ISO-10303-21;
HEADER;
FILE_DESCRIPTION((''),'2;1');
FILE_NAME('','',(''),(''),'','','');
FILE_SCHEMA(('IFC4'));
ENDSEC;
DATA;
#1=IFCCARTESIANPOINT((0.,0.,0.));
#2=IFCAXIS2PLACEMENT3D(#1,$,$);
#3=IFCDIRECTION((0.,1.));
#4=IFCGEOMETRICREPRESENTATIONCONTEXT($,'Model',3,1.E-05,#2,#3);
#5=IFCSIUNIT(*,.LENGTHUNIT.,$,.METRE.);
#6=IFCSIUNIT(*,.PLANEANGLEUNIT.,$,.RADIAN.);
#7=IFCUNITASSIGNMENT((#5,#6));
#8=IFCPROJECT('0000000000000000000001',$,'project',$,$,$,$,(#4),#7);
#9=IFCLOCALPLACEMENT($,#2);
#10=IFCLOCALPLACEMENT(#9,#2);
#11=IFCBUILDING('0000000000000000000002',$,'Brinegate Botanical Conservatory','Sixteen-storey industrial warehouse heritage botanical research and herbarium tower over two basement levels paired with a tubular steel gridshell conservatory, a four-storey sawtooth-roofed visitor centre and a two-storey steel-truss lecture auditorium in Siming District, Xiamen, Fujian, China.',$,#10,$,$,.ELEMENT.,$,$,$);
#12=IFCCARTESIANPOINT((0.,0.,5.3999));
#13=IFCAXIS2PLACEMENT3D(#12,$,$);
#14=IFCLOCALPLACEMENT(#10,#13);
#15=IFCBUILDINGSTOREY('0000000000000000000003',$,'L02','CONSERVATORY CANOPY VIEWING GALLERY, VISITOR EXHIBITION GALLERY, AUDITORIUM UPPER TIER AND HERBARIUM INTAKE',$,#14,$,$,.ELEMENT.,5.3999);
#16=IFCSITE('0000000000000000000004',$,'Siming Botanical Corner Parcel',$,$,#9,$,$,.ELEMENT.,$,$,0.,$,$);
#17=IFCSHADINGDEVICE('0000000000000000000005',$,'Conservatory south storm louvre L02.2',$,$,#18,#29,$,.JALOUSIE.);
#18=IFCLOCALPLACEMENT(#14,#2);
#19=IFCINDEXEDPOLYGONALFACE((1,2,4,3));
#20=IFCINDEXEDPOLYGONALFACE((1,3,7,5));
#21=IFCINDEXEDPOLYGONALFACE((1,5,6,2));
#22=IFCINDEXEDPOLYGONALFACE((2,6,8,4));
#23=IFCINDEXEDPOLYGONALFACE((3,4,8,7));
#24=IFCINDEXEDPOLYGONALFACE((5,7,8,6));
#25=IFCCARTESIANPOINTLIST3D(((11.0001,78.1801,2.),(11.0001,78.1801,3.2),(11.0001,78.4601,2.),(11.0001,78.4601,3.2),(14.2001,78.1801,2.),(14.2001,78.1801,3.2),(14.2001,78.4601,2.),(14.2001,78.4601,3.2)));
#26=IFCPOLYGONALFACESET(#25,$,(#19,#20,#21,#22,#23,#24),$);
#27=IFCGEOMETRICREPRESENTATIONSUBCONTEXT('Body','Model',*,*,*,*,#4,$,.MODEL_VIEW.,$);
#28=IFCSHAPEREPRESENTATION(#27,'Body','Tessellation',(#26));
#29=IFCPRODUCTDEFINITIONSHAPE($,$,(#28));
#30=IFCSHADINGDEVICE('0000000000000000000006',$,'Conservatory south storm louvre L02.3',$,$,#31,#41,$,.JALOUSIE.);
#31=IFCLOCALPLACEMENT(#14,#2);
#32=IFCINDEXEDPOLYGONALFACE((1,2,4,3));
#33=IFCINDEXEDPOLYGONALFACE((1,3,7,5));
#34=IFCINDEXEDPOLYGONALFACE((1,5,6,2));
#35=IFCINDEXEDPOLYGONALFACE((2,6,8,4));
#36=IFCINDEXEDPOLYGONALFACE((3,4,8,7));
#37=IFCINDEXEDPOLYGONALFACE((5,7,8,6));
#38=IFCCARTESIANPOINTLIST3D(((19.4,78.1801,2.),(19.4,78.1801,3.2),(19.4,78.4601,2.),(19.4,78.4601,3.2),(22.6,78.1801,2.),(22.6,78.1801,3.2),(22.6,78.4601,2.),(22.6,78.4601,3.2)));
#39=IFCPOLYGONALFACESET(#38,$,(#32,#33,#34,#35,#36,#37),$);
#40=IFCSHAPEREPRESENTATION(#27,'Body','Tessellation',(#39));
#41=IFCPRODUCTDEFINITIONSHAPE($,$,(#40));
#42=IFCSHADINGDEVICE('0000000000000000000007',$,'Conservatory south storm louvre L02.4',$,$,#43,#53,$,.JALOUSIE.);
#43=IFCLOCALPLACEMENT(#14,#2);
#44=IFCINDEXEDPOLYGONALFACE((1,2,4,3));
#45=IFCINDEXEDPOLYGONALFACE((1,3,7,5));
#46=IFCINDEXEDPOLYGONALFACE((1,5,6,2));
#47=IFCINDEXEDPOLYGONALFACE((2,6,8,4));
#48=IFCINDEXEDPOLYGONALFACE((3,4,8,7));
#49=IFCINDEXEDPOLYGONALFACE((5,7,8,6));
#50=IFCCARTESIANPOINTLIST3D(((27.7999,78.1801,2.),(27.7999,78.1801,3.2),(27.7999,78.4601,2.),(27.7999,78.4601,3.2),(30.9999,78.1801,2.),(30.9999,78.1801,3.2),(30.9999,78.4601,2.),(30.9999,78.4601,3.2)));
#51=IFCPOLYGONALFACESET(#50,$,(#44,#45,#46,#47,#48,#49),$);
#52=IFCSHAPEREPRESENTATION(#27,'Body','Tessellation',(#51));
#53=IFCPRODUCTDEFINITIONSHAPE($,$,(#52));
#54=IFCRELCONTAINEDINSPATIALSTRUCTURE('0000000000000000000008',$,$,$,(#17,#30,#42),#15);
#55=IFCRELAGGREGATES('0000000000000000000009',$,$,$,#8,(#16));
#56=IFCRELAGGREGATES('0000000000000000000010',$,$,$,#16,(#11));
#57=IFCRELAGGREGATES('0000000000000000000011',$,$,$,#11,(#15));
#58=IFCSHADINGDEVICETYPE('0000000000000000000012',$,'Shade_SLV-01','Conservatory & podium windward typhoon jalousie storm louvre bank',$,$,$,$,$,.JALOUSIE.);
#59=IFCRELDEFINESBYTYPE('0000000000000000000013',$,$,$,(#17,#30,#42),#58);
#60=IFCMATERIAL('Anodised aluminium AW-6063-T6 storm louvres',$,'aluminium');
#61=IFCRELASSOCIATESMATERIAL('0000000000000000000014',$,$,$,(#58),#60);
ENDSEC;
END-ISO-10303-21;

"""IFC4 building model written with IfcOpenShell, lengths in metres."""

from ifc_helpers import new_model, si_unit, direction, frame, origin, origin_2d, place, context, subcontext, project, spatial, rectangle, extrude, material, type_object, element, save


model = new_model("IFC4")

# Units and contexts
model_context = context("Model", 3, precision=1e-05, world=origin(), true_north=direction((0.0, 1.0)))
body_context = subcontext(model_context, "Body", "Model", "MODEL_VIEW")
ifc_project = project(units=[si_unit("LENGTHUNIT", "METRE"), si_unit("PLANEANGLEUNIT", "RADIAN")], contexts=[model_context])

# Site, building, storey
site_placement = place(None, origin())
site = spatial("IfcSite", under=ifc_project, at=site_placement, Name="Siming Botanical Corner Parcel", CompositionType="ELEMENT", RefElevation=0.0)
building_placement = place(site_placement, origin())
building = spatial("IfcBuilding", under=site, at=building_placement, Name="Brinegate Botanical Conservatory", Description="Sixteen-storey industrial warehouse heritage botanical research and herbarium tower over two basement levels paired with a tubular steel gridshell conservatory, a four-storey sawtooth-roofed visitor centre and a two-storey steel-truss lecture auditorium in Siming District, Xiamen, Fujian, China.", CompositionType="ELEMENT")
storey_placement = place(building_placement, frame((0.0, 0.0, 5.3999)))
storey = spatial("IfcBuildingStorey", under=building, at=storey_placement, Name="L02", Description="CONSERVATORY CANOPY VIEWING GALLERY, VISITOR EXHIBITION GALLERY, AUDITORIUM UPPER TIER AND HERBARIUM INTAKE", CompositionType="ELEMENT", Elevation=5.3999)

# Shading devices
ifc_material_1 = material(Name="Anodised aluminium AW-6063-T6 storm louvres", Category="aluminium")
shading_device_type = type_object("IfcShadingDeviceType", Name="Shade_SLV-01", Description="Conservatory & podium windward typhoon jalousie storm louvre bank", PredefinedType="JALOUSIE", material=ifc_material_1)
for number, where, z_axis, x_axis, name in (
    (1, (12.6001, 78.3201, 2.0), (0.0, 0.0, 1.0), (1.0, 0.0, 0.0), "Conservatory south storm louvre L02.2"),
    (2, (21.0, 78.3201, 2.0), (0.0, 0.0, 1.0), (1.0, 0.0, 0.0), "Conservatory south storm louvre L02.3"),
    (3, (29.3999, 78.3201, 2.0), (0.0, 0.0, 1.0), (1.0, 0.0, 0.0), "Conservatory south storm louvre L02.4"),
):
    element("IfcShadingDevice", number, at=place(storey_placement, frame(where, z_axis=z_axis, x_axis=x_axis)), inside=storey, type_object=shading_device_type, Name=name, PredefinedType="JALOUSIE", context=body_context, shape_type="SweptSolid", body=[
        extrude(rectangle(XDim=3.2, YDim=0.28, at=origin_2d()), origin(), (0.0, 0.0, 1.0), 1.2),
    ])

save(model, "model.ifc")
